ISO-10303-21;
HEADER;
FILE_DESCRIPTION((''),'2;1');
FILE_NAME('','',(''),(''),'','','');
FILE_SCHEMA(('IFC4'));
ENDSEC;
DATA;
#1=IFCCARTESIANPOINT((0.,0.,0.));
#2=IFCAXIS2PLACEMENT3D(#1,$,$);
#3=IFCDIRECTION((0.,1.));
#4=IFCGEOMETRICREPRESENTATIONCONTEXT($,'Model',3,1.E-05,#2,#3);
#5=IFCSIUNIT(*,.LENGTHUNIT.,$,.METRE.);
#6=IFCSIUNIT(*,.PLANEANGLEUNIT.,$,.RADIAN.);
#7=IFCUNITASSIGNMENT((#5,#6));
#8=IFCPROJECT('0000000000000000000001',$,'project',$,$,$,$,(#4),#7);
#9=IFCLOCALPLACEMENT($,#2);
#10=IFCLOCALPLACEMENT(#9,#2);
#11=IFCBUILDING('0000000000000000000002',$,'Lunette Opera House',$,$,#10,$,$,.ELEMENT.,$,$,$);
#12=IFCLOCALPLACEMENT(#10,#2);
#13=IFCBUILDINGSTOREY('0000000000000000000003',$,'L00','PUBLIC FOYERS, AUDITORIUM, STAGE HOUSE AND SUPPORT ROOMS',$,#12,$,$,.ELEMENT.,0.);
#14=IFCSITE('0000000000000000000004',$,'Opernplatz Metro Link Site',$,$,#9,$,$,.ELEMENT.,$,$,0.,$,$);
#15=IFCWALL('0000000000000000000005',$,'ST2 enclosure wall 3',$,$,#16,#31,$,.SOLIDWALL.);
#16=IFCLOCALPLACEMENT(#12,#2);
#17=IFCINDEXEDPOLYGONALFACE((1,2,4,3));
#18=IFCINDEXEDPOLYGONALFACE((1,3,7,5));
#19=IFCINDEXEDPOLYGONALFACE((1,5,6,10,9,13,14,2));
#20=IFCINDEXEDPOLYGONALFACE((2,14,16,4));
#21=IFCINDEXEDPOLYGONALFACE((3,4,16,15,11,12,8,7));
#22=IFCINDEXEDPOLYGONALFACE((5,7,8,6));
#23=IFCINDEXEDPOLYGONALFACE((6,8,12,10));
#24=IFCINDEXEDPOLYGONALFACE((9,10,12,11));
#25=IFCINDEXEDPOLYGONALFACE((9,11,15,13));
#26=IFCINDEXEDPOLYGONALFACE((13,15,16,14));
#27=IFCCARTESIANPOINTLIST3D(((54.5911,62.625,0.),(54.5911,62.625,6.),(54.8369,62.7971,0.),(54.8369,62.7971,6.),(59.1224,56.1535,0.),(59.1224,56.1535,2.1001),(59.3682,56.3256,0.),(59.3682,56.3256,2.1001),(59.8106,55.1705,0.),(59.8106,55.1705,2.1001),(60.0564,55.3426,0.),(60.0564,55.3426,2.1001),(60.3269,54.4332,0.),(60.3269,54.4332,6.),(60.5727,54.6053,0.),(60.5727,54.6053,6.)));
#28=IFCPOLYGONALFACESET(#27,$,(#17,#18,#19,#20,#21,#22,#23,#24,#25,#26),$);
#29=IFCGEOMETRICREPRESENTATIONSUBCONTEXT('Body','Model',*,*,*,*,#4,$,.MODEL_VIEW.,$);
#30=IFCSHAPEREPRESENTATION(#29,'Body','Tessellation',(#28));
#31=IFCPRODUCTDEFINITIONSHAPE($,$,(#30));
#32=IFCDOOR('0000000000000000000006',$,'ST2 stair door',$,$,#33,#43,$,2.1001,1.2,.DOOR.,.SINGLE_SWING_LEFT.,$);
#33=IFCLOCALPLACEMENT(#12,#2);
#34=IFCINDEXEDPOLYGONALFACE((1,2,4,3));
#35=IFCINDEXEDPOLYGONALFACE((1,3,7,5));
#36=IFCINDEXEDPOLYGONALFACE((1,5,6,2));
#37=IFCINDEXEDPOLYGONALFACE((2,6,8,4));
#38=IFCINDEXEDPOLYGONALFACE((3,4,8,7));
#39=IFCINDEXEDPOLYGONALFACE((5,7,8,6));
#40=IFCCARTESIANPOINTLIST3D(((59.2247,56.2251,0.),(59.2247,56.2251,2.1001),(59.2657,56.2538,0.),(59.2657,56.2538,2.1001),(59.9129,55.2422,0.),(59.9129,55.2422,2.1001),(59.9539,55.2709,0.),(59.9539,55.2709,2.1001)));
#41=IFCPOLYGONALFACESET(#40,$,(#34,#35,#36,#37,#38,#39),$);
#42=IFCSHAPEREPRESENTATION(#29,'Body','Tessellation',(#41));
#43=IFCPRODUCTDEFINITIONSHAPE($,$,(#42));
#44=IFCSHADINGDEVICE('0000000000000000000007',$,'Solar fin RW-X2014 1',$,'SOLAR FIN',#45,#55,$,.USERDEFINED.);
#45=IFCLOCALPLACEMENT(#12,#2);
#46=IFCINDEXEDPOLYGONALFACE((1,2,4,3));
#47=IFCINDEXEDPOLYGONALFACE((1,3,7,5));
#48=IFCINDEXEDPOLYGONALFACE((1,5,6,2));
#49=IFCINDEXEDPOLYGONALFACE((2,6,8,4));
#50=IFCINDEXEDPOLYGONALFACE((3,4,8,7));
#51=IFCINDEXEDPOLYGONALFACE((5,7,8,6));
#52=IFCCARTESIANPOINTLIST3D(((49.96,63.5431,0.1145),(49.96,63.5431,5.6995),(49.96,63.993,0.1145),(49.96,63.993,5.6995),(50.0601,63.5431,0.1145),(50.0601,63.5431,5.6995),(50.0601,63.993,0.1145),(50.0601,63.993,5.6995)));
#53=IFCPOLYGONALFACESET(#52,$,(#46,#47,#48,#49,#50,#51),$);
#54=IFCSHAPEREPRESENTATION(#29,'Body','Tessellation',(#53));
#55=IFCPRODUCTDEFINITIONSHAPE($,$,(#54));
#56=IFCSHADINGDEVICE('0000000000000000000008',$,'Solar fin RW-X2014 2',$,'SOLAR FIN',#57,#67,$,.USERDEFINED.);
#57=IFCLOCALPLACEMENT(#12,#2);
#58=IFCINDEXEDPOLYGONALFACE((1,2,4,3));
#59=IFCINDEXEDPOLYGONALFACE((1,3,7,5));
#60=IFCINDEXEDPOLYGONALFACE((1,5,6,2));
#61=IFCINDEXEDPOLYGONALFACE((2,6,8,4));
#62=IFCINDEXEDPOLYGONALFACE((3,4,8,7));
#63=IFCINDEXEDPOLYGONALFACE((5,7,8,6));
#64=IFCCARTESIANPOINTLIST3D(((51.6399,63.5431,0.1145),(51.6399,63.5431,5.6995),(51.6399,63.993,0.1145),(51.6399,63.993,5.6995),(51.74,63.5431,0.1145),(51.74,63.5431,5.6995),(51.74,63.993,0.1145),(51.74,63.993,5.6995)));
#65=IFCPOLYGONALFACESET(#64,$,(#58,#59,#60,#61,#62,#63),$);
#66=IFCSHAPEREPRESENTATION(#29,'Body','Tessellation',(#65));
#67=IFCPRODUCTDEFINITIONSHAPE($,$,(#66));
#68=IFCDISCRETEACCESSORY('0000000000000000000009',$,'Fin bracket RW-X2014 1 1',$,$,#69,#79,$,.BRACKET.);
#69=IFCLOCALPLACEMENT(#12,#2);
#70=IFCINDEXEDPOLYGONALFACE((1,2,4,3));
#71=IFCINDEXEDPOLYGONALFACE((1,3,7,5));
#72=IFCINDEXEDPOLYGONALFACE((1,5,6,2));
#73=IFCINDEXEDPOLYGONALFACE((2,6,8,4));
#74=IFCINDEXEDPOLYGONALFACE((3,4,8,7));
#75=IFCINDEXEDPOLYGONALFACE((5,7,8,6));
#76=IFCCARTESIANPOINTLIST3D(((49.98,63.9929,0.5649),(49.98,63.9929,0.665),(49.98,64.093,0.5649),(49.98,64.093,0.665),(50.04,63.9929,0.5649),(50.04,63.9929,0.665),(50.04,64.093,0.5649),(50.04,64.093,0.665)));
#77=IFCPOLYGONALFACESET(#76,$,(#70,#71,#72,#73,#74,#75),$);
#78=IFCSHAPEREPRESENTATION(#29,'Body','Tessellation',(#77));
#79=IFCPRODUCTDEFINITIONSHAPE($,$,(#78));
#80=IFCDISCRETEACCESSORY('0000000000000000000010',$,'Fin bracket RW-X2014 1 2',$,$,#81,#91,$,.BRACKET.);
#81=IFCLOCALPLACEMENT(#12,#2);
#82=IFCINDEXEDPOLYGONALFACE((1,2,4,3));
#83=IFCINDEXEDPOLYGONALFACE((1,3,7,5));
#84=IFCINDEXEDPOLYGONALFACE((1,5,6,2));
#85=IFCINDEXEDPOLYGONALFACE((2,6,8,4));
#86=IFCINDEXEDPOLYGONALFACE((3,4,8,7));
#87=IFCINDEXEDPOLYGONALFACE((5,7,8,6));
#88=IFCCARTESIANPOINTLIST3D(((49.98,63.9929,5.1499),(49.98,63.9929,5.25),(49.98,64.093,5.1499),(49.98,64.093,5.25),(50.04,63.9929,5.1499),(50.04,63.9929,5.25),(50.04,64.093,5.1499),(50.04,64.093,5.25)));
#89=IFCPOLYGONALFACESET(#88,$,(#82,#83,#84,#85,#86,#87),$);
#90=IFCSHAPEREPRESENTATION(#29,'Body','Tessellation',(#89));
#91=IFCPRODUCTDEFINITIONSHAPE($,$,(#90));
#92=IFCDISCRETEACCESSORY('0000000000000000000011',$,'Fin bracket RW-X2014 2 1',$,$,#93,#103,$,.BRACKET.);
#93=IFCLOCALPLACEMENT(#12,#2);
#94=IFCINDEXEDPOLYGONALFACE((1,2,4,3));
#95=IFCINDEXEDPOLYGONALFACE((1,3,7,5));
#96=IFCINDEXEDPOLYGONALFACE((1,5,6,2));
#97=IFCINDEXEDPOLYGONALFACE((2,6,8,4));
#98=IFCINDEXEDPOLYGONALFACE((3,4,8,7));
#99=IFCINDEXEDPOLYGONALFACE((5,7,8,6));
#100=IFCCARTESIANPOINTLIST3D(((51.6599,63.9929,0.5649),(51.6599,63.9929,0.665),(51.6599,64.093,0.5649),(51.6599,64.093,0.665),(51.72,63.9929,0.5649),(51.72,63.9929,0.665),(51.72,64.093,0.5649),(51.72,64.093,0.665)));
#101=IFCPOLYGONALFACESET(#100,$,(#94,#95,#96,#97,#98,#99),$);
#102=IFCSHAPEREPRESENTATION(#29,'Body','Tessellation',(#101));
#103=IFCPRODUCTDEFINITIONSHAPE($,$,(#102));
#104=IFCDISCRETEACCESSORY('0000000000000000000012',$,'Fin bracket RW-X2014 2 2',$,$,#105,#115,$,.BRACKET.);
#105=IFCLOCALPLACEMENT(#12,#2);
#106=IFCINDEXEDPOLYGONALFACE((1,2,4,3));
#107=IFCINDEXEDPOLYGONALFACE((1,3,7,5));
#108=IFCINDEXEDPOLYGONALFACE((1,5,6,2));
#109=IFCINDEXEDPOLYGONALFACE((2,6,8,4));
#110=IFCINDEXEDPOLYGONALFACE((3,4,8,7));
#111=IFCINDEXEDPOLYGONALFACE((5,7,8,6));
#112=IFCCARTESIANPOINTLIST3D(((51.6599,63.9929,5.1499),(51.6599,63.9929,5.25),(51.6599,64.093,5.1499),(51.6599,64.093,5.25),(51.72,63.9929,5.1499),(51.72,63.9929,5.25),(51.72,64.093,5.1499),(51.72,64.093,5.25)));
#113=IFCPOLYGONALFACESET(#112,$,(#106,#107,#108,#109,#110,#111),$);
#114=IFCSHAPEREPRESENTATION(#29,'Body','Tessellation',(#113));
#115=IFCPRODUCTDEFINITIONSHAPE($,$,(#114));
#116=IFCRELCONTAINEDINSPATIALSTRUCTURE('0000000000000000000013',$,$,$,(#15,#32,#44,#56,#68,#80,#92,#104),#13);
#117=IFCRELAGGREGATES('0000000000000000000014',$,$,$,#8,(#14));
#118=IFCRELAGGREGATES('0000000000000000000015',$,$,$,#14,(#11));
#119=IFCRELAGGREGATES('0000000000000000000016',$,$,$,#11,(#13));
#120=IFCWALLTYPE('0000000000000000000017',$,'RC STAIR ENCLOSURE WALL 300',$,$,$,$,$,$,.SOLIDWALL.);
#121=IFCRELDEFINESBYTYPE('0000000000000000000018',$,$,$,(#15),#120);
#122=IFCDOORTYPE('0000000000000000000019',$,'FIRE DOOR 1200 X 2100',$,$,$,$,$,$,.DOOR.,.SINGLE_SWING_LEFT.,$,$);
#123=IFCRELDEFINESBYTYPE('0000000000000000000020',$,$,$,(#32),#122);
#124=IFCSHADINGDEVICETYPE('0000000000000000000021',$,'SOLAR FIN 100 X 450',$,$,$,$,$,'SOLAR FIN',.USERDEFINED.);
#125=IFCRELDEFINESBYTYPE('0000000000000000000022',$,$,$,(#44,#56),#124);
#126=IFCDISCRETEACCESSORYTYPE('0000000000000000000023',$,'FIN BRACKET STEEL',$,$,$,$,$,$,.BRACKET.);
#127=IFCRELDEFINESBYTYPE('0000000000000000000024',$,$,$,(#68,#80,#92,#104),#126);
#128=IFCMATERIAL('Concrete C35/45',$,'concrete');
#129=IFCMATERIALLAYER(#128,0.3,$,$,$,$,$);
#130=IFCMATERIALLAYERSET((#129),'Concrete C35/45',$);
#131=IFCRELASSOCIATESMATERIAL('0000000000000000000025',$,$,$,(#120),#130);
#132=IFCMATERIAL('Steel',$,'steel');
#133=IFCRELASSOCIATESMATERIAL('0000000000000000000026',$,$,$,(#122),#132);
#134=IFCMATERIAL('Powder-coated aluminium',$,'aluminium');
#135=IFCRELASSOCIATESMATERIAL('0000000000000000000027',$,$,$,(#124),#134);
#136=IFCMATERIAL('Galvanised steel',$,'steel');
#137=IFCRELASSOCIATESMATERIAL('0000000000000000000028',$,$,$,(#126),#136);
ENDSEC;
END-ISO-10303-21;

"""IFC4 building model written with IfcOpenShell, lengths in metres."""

from ifc_helpers import new_model, si_unit, direction, frame, frame_2d, origin, origin_2d, place, context, subcontext, project, spatial, rectangle, extrude, material, layer, layer_set, type_object, element, fill, save


model = new_model("IFC4")

# Units and contexts
model_context = context("Model", 3, precision=1e-05, world=origin(), true_north=direction((0.0, 1.0)))
body_context = subcontext(model_context, "Body", "Model", "MODEL_VIEW")
ifc_project = project(units=[si_unit("LENGTHUNIT", "METRE"), si_unit("PLANEANGLEUNIT", "RADIAN")], contexts=[model_context])

# Site, building, storey
site_placement = place(None, origin())
site = spatial("IfcSite", under=ifc_project, at=site_placement, Name="Opernplatz Metro Link Site", CompositionType="ELEMENT", RefElevation=0.0)
building_placement = place(site_placement, origin())
building = spatial("IfcBuilding", under=site, at=building_placement, Name="Lunette Opera House", CompositionType="ELEMENT")
storey_placement = place(building_placement, origin())
storey = spatial("IfcBuildingStorey", under=building, at=storey_placement, Name="L00", Description="PUBLIC FOYERS, AUDITORIUM, STAGE HOUSE AND SUPPORT ROOMS", CompositionType="ELEMENT", Elevation=0.0)

# Wall, opening, door
ifc_material_1 = material(Name="Concrete C35/45", Category="concrete")
ifc_layer_1 = layer(ifc_material_1, 0.3)
ifc_layer_set_1 = layer_set([ifc_layer_1], Name="Concrete C35/45")
wall_type_1 = type_object("IfcWallType", Name="RC STAIR ENCLOSURE WALL 300", PredefinedType="SOLIDWALL", material=ifc_layer_set_1)
wall_1_placement = place(storey_placement, frame((54.7141, 62.7109, 0.0), z_axis=(0.0, 0.0, 1.0), x_axis=(0.573564, -0.819161, 0.0)))
wall_1 = element("IfcWall", 1, at=wall_1_placement, inside=storey, type_object=wall_type_1, Name="ST2 enclosure wall 3", PredefinedType="SOLIDWALL", context=body_context, shape_type="SweptSolid", body=[
    extrude(rectangle(XDim=10.0002, YDim=0.3, at=frame_2d((5.0, 0.0))), origin(), (0.0, 0.0, 1.0), 6.0),
])
opening_1_placement = place(wall_1_placement, frame((7.8999, 0.0, 0.0)))
opening_1 = element("IfcOpeningElement", 2, at=opening_1_placement, cuts=wall_1, PredefinedType="OPENING", context=body_context, shape_type="SweptSolid", body=[
    extrude(rectangle(XDim=1.2, YDim=2.1001, at=frame_2d((0.6001, 1.05))), frame((0.0, 0.1621, 0.0), z_axis=(0.0, -1.0, 0.0), x_axis=(1.0, 0.0, 0.0)), (0.0, 0.0, 1.0), 0.324),
])
ifc_material_2 = material(Name="Steel", Category="steel")
door_type_1 = type_object("IfcDoorType", Name="FIRE DOOR 1200 X 2100", OperationType="SINGLE_SWING_LEFT", PredefinedType="DOOR", material=ifc_material_2)
door_1_placement = place(opening_1_placement, origin())
door_1 = element("IfcDoor", 3, at=door_1_placement, inside=storey, type_object=door_type_1, Name="ST2 stair door", OperationType="SINGLE_SWING_LEFT", OverallHeight=2.1001, OverallWidth=1.2, PredefinedType="DOOR", context=body_context, shape_type="SweptSolid", body=[
    extrude(rectangle(XDim=1.2, YDim=2.1001, at=frame_2d((0.6001, 1.05))), frame((0.0, 0.0249, 0.0), z_axis=(0.0, -1.0, 0.0), x_axis=(1.0, 0.0, 0.0)), (0.0, 0.0, 1.0), 0.05),
])
fill(opening_1, door_1)

# Shading devices
ifc_material_3 = material(Name="Powder-coated aluminium", Category="aluminium")
shading_device_type = type_object("IfcShadingDeviceType", Name="SOLAR FIN 100 X 450", ElementType="SOLAR FIN", PredefinedType="USERDEFINED", material=ifc_material_3)
for number, where, z_axis, x_axis, name in (
    (4, (50.01, 63.7681, 0.1145), (0.0, 0.0, 1.0), (0.0, -1.0, 0.0), "Solar fin RW-X2014 1"),
    (5, (51.6899, 63.7681, 0.1145), (0.0, 0.0, 1.0), (0.0, -1.0, 0.0), "Solar fin RW-X2014 2"),
):
    element("IfcShadingDevice", number, at=place(storey_placement, frame(where, z_axis=z_axis, x_axis=x_axis)), inside=storey, type_object=shading_device_type, Name=name, ObjectType="SOLAR FIN", PredefinedType="USERDEFINED", context=body_context, shape_type="SweptSolid", body=[
        extrude(rectangle(XDim=0.45, YDim=0.1001, at=origin_2d()), origin(), (0.0, 0.0, 1.0), 5.585),
    ])

# Discrete accessories
ifc_material_4 = material(Name="Galvanised steel", Category="steel")
discrete_accessory_type = type_object("IfcDiscreteAccessoryType", Name="FIN BRACKET STEEL", PredefinedType="BRACKET", material=ifc_material_4)
for number, where, z_axis, x_axis, name in (
    (6, (50.01, 64.043, 0.5649), (0.0, 0.0, 1.0), (0.0, -1.0, 0.0), "Fin bracket RW-X2014 1 1"),
    (7, (50.01, 64.043, 5.1499), (0.0, 0.0, 1.0), (0.0, -1.0, 0.0), "Fin bracket RW-X2014 1 2"),
    (8, (51.6899, 64.043, 0.5649), (0.0, 0.0, 1.0), (0.0, -1.0, 0.0), "Fin bracket RW-X2014 2 1"),
    (9, (51.6899, 64.043, 5.1499), (0.0, 0.0, 1.0), (0.0, -1.0, 0.0), "Fin bracket RW-X2014 2 2"),
):
    element("IfcDiscreteAccessory", number, at=place(storey_placement, frame(where, z_axis=z_axis, x_axis=x_axis)), inside=storey, type_object=discrete_accessory_type, Name=name, PredefinedType="BRACKET", context=body_context, shape_type="SweptSolid", body=[
        extrude(rectangle(XDim=0.1001, YDim=0.0601, at=origin_2d()), origin(), (0.0, 0.0, 1.0), 0.1001),
    ])

save(model, "model.ifc")
